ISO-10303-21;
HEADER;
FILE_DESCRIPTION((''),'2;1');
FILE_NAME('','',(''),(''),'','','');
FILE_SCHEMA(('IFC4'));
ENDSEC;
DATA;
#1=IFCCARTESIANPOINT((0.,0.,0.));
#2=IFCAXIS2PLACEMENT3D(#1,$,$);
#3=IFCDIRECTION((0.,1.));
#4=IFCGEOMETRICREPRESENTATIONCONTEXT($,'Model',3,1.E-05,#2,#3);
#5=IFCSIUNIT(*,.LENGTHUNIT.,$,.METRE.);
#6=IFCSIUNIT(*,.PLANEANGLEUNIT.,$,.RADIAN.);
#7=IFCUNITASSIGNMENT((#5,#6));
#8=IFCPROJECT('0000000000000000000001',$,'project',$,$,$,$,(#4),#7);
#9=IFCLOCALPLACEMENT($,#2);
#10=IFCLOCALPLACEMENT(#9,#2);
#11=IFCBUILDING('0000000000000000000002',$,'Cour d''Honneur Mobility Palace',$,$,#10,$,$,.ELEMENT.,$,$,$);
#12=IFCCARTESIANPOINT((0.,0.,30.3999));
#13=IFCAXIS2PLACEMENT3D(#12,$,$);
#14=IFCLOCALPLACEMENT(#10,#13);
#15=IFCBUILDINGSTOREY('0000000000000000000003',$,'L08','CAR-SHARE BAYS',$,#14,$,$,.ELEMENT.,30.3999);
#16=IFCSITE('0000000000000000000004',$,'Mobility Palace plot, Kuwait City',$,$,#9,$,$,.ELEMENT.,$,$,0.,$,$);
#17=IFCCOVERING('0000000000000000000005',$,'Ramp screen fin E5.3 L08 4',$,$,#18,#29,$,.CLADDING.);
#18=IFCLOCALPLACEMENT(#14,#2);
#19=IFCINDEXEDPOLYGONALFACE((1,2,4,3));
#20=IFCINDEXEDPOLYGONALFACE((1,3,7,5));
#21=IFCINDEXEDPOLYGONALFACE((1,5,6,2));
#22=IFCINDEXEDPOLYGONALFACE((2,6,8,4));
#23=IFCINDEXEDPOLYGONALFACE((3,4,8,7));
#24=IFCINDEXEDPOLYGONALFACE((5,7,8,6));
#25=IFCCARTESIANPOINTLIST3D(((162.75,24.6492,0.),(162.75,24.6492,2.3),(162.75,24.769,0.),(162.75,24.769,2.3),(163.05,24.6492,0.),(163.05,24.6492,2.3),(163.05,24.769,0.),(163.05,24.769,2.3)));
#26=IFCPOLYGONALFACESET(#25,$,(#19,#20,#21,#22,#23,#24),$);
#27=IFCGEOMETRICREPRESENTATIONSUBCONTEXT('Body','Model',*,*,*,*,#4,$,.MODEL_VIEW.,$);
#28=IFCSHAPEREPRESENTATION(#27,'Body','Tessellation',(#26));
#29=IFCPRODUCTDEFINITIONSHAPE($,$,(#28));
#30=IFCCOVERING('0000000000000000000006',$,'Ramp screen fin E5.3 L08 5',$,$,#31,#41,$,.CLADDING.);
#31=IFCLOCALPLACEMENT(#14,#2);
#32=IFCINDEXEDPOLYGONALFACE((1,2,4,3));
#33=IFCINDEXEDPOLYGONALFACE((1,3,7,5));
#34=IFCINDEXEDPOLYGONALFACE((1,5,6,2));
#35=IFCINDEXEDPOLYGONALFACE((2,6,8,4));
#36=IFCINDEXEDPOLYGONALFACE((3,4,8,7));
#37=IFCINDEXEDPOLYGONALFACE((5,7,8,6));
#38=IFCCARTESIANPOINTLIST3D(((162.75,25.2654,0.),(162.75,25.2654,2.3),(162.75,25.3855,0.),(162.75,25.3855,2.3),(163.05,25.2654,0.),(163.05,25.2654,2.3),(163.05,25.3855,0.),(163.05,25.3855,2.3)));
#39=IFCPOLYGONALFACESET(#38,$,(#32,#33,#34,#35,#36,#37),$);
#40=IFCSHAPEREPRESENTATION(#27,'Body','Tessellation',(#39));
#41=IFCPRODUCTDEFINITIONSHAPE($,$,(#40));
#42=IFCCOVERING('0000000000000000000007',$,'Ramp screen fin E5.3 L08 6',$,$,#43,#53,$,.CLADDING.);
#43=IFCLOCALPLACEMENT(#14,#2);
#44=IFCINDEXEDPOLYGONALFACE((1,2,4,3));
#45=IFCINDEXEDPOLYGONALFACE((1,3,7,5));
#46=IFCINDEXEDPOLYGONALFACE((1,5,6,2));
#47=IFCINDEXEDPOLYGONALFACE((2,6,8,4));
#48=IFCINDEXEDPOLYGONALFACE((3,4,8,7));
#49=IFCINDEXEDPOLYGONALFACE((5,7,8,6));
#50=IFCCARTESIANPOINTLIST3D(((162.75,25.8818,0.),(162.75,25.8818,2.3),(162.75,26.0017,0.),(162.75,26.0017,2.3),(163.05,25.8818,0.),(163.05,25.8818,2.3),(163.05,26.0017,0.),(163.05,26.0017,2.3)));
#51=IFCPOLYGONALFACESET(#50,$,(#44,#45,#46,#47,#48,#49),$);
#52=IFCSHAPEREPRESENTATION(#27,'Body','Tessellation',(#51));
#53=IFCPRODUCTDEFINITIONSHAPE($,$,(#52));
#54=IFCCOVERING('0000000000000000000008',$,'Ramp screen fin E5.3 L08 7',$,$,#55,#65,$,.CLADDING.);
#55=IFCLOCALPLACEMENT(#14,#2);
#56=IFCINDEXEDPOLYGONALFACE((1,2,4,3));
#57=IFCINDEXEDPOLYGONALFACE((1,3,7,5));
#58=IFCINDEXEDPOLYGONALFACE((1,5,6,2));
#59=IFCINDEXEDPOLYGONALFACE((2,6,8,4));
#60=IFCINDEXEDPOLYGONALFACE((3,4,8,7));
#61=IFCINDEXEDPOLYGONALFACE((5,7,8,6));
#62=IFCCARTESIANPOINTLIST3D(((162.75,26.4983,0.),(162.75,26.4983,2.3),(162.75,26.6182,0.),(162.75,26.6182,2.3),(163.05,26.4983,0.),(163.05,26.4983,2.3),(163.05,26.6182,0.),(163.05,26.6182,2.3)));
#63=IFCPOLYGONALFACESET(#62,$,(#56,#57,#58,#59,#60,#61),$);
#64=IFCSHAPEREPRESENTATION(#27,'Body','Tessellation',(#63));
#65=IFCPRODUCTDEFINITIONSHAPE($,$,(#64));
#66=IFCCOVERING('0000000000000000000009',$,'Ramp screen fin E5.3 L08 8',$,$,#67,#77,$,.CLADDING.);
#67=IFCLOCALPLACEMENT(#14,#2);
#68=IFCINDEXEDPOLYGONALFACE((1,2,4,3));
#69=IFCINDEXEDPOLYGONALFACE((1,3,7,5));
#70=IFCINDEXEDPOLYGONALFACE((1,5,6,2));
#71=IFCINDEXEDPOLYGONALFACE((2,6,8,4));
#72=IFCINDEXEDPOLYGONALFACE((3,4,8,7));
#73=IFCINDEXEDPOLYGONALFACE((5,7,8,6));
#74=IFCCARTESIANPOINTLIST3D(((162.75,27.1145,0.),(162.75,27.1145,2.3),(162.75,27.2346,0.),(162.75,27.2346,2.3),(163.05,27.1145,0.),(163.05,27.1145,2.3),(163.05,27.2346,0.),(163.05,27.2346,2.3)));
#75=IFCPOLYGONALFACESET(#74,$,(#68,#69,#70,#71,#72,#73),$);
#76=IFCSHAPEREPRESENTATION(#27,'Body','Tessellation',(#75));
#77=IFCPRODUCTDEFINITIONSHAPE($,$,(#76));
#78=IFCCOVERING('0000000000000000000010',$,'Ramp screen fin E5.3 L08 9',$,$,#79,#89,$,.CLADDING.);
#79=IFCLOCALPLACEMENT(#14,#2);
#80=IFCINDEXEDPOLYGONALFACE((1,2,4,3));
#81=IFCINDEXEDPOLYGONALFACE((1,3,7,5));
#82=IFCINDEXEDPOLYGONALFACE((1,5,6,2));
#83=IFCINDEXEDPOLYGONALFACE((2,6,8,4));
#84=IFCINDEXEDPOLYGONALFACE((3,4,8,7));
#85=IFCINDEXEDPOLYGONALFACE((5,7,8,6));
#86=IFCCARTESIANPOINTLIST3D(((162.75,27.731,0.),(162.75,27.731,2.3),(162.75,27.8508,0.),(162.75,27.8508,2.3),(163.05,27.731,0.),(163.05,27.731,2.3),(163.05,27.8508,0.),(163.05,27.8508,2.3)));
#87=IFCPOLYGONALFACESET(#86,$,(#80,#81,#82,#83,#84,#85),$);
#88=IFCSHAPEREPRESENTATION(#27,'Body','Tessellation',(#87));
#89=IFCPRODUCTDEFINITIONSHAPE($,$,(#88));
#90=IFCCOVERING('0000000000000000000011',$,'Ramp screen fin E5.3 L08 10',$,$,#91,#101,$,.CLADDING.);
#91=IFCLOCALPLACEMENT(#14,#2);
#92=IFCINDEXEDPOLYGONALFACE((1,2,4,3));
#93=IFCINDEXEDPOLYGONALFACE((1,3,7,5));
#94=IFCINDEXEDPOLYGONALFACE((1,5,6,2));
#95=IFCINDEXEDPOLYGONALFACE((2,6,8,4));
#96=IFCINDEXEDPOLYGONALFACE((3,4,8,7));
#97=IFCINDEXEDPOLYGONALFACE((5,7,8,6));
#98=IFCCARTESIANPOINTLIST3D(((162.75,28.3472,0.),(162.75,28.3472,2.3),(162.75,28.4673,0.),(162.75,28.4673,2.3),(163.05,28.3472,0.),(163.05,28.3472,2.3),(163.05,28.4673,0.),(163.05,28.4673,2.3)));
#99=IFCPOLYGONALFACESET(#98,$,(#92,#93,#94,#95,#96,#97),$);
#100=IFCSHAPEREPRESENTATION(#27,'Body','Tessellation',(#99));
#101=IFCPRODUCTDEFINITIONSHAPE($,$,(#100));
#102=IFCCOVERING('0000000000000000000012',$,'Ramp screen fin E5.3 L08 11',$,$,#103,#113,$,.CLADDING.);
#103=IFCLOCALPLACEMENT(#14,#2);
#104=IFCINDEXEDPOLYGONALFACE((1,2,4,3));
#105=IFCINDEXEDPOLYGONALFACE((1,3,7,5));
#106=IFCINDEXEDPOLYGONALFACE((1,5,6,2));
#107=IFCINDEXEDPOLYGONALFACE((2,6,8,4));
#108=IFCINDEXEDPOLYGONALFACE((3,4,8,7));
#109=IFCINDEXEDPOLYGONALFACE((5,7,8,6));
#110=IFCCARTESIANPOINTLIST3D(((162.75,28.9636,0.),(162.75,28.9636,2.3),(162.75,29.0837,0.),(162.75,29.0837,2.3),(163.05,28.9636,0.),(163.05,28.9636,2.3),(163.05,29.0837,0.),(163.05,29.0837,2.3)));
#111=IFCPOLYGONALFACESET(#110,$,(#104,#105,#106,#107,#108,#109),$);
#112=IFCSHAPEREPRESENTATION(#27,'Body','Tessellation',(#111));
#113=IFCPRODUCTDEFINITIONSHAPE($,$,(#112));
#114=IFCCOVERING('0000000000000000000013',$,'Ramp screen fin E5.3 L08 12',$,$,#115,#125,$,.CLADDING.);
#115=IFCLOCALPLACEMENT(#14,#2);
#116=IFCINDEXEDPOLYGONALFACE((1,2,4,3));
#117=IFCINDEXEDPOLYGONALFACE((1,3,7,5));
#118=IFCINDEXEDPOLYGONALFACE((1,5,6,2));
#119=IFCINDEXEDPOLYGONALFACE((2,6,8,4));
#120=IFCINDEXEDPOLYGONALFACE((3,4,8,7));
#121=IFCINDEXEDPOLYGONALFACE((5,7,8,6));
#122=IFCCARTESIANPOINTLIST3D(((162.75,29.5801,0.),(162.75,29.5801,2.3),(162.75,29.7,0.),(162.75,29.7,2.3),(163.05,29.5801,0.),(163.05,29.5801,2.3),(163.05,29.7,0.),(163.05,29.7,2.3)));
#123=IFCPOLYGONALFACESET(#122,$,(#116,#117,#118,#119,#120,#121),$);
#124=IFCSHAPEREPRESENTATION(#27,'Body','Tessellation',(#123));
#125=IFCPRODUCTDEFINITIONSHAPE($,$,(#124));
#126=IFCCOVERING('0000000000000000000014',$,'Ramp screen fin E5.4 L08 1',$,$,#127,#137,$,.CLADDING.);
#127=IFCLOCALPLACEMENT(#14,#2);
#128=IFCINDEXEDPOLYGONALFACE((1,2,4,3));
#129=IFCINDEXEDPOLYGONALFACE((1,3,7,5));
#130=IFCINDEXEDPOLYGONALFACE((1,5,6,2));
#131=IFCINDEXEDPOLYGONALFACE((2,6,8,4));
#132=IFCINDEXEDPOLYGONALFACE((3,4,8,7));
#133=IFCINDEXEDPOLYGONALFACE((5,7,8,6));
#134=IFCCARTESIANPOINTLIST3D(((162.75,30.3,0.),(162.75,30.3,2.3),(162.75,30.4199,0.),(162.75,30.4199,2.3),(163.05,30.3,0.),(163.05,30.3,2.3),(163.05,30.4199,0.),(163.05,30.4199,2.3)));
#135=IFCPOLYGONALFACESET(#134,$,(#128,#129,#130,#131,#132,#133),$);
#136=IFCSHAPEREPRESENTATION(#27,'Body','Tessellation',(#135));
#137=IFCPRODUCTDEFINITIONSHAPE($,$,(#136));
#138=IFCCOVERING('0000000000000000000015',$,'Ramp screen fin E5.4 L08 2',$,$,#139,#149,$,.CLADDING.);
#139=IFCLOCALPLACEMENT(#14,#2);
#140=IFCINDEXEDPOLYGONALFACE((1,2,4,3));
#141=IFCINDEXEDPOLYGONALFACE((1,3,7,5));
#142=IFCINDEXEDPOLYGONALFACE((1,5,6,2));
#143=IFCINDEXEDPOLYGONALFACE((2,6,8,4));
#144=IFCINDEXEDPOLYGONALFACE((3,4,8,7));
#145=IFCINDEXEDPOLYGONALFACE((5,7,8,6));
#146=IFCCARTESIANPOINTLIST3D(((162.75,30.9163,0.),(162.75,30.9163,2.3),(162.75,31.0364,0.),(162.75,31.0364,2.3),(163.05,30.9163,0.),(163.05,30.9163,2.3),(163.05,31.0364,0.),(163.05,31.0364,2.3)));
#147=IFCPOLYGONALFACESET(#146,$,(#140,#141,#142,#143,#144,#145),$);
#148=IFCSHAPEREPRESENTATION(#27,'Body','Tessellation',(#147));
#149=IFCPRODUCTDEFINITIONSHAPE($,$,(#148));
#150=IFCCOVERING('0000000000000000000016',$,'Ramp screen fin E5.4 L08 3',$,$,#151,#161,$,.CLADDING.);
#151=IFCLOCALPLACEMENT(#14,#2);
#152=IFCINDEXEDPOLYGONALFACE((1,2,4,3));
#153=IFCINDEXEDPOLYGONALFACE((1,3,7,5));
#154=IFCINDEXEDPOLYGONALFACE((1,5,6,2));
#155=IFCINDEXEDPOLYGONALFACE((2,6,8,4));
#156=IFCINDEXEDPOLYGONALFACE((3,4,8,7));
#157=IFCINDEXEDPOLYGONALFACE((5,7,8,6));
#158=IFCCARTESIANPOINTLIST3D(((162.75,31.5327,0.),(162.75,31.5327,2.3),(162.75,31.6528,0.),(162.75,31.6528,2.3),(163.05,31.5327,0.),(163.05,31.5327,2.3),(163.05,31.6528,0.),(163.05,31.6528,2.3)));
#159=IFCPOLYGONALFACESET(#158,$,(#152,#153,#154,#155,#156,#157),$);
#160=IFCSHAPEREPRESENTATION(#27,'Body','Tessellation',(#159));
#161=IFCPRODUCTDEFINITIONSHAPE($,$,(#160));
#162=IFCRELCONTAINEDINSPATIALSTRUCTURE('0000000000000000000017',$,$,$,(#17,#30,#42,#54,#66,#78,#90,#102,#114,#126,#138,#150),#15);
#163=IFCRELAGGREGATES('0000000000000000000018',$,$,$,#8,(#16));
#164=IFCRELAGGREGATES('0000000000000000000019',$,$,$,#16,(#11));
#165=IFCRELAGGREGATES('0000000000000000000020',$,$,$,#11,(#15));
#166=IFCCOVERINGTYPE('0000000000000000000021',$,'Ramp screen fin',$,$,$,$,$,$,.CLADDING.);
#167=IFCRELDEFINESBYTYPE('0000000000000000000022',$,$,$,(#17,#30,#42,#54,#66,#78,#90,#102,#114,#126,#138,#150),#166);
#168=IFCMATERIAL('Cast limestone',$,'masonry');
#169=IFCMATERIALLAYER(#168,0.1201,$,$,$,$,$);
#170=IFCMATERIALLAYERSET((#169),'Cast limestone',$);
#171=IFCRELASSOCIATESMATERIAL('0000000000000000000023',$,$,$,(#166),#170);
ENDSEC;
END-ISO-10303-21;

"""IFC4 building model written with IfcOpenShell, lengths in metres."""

from ifc_helpers import new_model, si_unit, direction, frame, origin, place, context, subcontext, project, spatial, polyline, outline, extrude, material, layer, layer_set, type_object, element, save


model = new_model("IFC4")

# Units and contexts
model_context = context("Model", 3, precision=1e-05, world=origin(), true_north=direction((0.0, 1.0)))
body_context = subcontext(model_context, "Body", "Model", "MODEL_VIEW")
ifc_project = project(units=[si_unit("LENGTHUNIT", "METRE"), si_unit("PLANEANGLEUNIT", "RADIAN")], contexts=[model_context])

# Site, building, storey
site_placement = place(None, origin())
site = spatial("IfcSite", under=ifc_project, at=site_placement, Name="Mobility Palace plot, Kuwait City", CompositionType="ELEMENT", RefElevation=0.0)
building_placement = place(site_placement, origin())
building = spatial("IfcBuilding", under=site, at=building_placement, Name="Cour d'Honneur Mobility Palace", CompositionType="ELEMENT")
storey_placement = place(building_placement, frame((0.0, 0.0, 30.3999)))
storey = spatial("IfcBuildingStorey", under=building, at=storey_placement, Name="L08", Description="CAR-SHARE BAYS", CompositionType="ELEMENT", Elevation=30.3999)

# Coverings
ifc_material = material(Name="Cast limestone", Category="masonry")
ifc_layer = layer(ifc_material, 0.1201)
ifc_layer_set = layer_set([ifc_layer], Name="Cast limestone")
covering_type = type_object("IfcCoveringType", Name="Ramp screen fin", PredefinedType="CLADDING", material=ifc_layer_set)
covering_1_placement = place(storey_placement, origin())
element("IfcCovering", 1, at=covering_1_placement, inside=storey, type_object=covering_type, Name="Ramp screen fin E5.3 L08 4", PredefinedType="CLADDING", context=body_context, shape_type="SweptSolid", body=[
    extrude(outline(polyline([(162.75, 24.6492), (162.75, 24.769), (163.05, 24.769), (163.05, 24.6492), (162.75, 24.6492)])), origin(), (0.0, 0.0, 1.0), 2.3),
])
covering_2_placement = place(storey_placement, origin())
element("IfcCovering", 2, at=covering_2_placement, inside=storey, type_object=covering_type, Name="Ramp screen fin E5.3 L08 5", PredefinedType="CLADDING", context=body_context, shape_type="SweptSolid", body=[
    extrude(outline(polyline([(162.75, 25.2654), (162.75, 25.3855), (163.05, 25.3855), (163.05, 25.2654), (162.75, 25.2654)])), origin(), (0.0, 0.0, 1.0), 2.3),
])
covering_3_placement = place(storey_placement, origin())
element("IfcCovering", 3, at=covering_3_placement, inside=storey, type_object=covering_type, Name="Ramp screen fin E5.3 L08 6", PredefinedType="CLADDING", context=body_context, shape_type="SweptSolid", body=[
    extrude(outline(polyline([(162.75, 25.8818), (162.75, 26.0017), (163.05, 26.0017), (163.05, 25.8818), (162.75, 25.8818)])), origin(), (0.0, 0.0, 1.0), 2.3),
])
covering_4_placement = place(storey_placement, origin())
element("IfcCovering", 4, at=covering_4_placement, inside=storey, type_object=covering_type, Name="Ramp screen fin E5.3 L08 7", PredefinedType="CLADDING", context=body_context, shape_type="SweptSolid", body=[
    extrude(outline(polyline([(162.75, 26.4983), (162.75, 26.6182), (163.05, 26.6182), (163.05, 26.4983), (162.75, 26.4983)])), origin(), (0.0, 0.0, 1.0), 2.3),
])
covering_5_placement = place(storey_placement, origin())
element("IfcCovering", 5, at=covering_5_placement, inside=storey, type_object=covering_type, Name="Ramp screen fin E5.3 L08 8", PredefinedType="CLADDING", context=body_context, shape_type="SweptSolid", body=[
    extrude(outline(polyline([(162.75, 27.1145), (162.75, 27.2346), (163.05, 27.2346), (163.05, 27.1145), (162.75, 27.1145)])), origin(), (0.0, 0.0, 1.0), 2.3),
])
covering_6_placement = place(storey_placement, origin())
element("IfcCovering", 6, at=covering_6_placement, inside=storey, type_object=covering_type, Name="Ramp screen fin E5.3 L08 9", PredefinedType="CLADDING", context=body_context, shape_type="SweptSolid", body=[
    extrude(outline(polyline([(162.75, 27.731), (162.75, 27.8508), (163.05, 27.8508), (163.05, 27.731), (162.75, 27.731)])), origin(), (0.0, 0.0, 1.0), 2.3),
])
covering_7_placement = place(storey_placement, origin())
element("IfcCovering", 7, at=covering_7_placement, inside=storey, type_object=covering_type, Name="Ramp screen fin E5.3 L08 10", PredefinedType="CLADDING", context=body_context, shape_type="SweptSolid", body=[
    extrude(outline(polyline([(162.75, 28.3472), (162.75, 28.4673), (163.05, 28.4673), (163.05, 28.3472), (162.75, 28.3472)])), origin(), (0.0, 0.0, 1.0), 2.3),
])
covering_8_placement = place(storey_placement, origin())
element("IfcCovering", 8, at=covering_8_placement, inside=storey, type_object=covering_type, Name="Ramp screen fin E5.3 L08 11", PredefinedType="CLADDING", context=body_context, shape_type="SweptSolid", body=[
    extrude(outline(polyline([(162.75, 28.9636), (162.75, 29.0837), (163.05, 29.0837), (163.05, 28.9636), (162.75, 28.9636)])), origin(), (0.0, 0.0, 1.0), 2.3),
])
covering_9_placement = place(storey_placement, origin())
element("IfcCovering", 9, at=covering_9_placement, inside=storey, type_object=covering_type, Name="Ramp screen fin E5.3 L08 12", PredefinedType="CLADDING", context=body_context, shape_type="SweptSolid", body=[
    extrude(outline(polyline([(162.75, 29.5801), (162.75, 29.7), (163.05, 29.7), (163.05, 29.5801), (162.75, 29.5801)])), origin(), (0.0, 0.0, 1.0), 2.3),
])
covering_10_placement = place(storey_placement, origin())
element("IfcCovering", 10, at=covering_10_placement, inside=storey, type_object=covering_type, Name="Ramp screen fin E5.4 L08 1", PredefinedType="CLADDING", context=body_context, shape_type="SweptSolid", body=[
    extrude(outline(polyline([(162.75, 30.3), (162.75, 30.4199), (163.05, 30.4199), (163.05, 30.3), (162.75, 30.3)])), origin(), (0.0, 0.0, 1.0), 2.3),
])
covering_11_placement = place(storey_placement, origin())
element("IfcCovering", 11, at=covering_11_placement, inside=storey, type_object=covering_type, Name="Ramp screen fin E5.4 L08 2", PredefinedType="CLADDING", context=body_context, shape_type="SweptSolid", body=[
    extrude(outline(polyline([(162.75, 30.9163), (162.75, 31.0364), (163.05, 31.0364), (163.05, 30.9163), (162.75, 30.9163)])), origin(), (0.0, 0.0, 1.0), 2.3),
])
covering_12_placement = place(storey_placement, origin())
element("IfcCovering", 12, at=covering_12_placement, inside=storey, type_object=covering_type, Name="Ramp screen fin E5.4 L08 3", PredefinedType="CLADDING", context=body_context, shape_type="SweptSolid", body=[
    extrude(outline(polyline([(162.75, 31.5327), (162.75, 31.6528), (163.05, 31.6528), (163.05, 31.5327), (162.75, 31.5327)])), origin(), (0.0, 0.0, 1.0), 2.3),
])

save(model, "model.ifc")
